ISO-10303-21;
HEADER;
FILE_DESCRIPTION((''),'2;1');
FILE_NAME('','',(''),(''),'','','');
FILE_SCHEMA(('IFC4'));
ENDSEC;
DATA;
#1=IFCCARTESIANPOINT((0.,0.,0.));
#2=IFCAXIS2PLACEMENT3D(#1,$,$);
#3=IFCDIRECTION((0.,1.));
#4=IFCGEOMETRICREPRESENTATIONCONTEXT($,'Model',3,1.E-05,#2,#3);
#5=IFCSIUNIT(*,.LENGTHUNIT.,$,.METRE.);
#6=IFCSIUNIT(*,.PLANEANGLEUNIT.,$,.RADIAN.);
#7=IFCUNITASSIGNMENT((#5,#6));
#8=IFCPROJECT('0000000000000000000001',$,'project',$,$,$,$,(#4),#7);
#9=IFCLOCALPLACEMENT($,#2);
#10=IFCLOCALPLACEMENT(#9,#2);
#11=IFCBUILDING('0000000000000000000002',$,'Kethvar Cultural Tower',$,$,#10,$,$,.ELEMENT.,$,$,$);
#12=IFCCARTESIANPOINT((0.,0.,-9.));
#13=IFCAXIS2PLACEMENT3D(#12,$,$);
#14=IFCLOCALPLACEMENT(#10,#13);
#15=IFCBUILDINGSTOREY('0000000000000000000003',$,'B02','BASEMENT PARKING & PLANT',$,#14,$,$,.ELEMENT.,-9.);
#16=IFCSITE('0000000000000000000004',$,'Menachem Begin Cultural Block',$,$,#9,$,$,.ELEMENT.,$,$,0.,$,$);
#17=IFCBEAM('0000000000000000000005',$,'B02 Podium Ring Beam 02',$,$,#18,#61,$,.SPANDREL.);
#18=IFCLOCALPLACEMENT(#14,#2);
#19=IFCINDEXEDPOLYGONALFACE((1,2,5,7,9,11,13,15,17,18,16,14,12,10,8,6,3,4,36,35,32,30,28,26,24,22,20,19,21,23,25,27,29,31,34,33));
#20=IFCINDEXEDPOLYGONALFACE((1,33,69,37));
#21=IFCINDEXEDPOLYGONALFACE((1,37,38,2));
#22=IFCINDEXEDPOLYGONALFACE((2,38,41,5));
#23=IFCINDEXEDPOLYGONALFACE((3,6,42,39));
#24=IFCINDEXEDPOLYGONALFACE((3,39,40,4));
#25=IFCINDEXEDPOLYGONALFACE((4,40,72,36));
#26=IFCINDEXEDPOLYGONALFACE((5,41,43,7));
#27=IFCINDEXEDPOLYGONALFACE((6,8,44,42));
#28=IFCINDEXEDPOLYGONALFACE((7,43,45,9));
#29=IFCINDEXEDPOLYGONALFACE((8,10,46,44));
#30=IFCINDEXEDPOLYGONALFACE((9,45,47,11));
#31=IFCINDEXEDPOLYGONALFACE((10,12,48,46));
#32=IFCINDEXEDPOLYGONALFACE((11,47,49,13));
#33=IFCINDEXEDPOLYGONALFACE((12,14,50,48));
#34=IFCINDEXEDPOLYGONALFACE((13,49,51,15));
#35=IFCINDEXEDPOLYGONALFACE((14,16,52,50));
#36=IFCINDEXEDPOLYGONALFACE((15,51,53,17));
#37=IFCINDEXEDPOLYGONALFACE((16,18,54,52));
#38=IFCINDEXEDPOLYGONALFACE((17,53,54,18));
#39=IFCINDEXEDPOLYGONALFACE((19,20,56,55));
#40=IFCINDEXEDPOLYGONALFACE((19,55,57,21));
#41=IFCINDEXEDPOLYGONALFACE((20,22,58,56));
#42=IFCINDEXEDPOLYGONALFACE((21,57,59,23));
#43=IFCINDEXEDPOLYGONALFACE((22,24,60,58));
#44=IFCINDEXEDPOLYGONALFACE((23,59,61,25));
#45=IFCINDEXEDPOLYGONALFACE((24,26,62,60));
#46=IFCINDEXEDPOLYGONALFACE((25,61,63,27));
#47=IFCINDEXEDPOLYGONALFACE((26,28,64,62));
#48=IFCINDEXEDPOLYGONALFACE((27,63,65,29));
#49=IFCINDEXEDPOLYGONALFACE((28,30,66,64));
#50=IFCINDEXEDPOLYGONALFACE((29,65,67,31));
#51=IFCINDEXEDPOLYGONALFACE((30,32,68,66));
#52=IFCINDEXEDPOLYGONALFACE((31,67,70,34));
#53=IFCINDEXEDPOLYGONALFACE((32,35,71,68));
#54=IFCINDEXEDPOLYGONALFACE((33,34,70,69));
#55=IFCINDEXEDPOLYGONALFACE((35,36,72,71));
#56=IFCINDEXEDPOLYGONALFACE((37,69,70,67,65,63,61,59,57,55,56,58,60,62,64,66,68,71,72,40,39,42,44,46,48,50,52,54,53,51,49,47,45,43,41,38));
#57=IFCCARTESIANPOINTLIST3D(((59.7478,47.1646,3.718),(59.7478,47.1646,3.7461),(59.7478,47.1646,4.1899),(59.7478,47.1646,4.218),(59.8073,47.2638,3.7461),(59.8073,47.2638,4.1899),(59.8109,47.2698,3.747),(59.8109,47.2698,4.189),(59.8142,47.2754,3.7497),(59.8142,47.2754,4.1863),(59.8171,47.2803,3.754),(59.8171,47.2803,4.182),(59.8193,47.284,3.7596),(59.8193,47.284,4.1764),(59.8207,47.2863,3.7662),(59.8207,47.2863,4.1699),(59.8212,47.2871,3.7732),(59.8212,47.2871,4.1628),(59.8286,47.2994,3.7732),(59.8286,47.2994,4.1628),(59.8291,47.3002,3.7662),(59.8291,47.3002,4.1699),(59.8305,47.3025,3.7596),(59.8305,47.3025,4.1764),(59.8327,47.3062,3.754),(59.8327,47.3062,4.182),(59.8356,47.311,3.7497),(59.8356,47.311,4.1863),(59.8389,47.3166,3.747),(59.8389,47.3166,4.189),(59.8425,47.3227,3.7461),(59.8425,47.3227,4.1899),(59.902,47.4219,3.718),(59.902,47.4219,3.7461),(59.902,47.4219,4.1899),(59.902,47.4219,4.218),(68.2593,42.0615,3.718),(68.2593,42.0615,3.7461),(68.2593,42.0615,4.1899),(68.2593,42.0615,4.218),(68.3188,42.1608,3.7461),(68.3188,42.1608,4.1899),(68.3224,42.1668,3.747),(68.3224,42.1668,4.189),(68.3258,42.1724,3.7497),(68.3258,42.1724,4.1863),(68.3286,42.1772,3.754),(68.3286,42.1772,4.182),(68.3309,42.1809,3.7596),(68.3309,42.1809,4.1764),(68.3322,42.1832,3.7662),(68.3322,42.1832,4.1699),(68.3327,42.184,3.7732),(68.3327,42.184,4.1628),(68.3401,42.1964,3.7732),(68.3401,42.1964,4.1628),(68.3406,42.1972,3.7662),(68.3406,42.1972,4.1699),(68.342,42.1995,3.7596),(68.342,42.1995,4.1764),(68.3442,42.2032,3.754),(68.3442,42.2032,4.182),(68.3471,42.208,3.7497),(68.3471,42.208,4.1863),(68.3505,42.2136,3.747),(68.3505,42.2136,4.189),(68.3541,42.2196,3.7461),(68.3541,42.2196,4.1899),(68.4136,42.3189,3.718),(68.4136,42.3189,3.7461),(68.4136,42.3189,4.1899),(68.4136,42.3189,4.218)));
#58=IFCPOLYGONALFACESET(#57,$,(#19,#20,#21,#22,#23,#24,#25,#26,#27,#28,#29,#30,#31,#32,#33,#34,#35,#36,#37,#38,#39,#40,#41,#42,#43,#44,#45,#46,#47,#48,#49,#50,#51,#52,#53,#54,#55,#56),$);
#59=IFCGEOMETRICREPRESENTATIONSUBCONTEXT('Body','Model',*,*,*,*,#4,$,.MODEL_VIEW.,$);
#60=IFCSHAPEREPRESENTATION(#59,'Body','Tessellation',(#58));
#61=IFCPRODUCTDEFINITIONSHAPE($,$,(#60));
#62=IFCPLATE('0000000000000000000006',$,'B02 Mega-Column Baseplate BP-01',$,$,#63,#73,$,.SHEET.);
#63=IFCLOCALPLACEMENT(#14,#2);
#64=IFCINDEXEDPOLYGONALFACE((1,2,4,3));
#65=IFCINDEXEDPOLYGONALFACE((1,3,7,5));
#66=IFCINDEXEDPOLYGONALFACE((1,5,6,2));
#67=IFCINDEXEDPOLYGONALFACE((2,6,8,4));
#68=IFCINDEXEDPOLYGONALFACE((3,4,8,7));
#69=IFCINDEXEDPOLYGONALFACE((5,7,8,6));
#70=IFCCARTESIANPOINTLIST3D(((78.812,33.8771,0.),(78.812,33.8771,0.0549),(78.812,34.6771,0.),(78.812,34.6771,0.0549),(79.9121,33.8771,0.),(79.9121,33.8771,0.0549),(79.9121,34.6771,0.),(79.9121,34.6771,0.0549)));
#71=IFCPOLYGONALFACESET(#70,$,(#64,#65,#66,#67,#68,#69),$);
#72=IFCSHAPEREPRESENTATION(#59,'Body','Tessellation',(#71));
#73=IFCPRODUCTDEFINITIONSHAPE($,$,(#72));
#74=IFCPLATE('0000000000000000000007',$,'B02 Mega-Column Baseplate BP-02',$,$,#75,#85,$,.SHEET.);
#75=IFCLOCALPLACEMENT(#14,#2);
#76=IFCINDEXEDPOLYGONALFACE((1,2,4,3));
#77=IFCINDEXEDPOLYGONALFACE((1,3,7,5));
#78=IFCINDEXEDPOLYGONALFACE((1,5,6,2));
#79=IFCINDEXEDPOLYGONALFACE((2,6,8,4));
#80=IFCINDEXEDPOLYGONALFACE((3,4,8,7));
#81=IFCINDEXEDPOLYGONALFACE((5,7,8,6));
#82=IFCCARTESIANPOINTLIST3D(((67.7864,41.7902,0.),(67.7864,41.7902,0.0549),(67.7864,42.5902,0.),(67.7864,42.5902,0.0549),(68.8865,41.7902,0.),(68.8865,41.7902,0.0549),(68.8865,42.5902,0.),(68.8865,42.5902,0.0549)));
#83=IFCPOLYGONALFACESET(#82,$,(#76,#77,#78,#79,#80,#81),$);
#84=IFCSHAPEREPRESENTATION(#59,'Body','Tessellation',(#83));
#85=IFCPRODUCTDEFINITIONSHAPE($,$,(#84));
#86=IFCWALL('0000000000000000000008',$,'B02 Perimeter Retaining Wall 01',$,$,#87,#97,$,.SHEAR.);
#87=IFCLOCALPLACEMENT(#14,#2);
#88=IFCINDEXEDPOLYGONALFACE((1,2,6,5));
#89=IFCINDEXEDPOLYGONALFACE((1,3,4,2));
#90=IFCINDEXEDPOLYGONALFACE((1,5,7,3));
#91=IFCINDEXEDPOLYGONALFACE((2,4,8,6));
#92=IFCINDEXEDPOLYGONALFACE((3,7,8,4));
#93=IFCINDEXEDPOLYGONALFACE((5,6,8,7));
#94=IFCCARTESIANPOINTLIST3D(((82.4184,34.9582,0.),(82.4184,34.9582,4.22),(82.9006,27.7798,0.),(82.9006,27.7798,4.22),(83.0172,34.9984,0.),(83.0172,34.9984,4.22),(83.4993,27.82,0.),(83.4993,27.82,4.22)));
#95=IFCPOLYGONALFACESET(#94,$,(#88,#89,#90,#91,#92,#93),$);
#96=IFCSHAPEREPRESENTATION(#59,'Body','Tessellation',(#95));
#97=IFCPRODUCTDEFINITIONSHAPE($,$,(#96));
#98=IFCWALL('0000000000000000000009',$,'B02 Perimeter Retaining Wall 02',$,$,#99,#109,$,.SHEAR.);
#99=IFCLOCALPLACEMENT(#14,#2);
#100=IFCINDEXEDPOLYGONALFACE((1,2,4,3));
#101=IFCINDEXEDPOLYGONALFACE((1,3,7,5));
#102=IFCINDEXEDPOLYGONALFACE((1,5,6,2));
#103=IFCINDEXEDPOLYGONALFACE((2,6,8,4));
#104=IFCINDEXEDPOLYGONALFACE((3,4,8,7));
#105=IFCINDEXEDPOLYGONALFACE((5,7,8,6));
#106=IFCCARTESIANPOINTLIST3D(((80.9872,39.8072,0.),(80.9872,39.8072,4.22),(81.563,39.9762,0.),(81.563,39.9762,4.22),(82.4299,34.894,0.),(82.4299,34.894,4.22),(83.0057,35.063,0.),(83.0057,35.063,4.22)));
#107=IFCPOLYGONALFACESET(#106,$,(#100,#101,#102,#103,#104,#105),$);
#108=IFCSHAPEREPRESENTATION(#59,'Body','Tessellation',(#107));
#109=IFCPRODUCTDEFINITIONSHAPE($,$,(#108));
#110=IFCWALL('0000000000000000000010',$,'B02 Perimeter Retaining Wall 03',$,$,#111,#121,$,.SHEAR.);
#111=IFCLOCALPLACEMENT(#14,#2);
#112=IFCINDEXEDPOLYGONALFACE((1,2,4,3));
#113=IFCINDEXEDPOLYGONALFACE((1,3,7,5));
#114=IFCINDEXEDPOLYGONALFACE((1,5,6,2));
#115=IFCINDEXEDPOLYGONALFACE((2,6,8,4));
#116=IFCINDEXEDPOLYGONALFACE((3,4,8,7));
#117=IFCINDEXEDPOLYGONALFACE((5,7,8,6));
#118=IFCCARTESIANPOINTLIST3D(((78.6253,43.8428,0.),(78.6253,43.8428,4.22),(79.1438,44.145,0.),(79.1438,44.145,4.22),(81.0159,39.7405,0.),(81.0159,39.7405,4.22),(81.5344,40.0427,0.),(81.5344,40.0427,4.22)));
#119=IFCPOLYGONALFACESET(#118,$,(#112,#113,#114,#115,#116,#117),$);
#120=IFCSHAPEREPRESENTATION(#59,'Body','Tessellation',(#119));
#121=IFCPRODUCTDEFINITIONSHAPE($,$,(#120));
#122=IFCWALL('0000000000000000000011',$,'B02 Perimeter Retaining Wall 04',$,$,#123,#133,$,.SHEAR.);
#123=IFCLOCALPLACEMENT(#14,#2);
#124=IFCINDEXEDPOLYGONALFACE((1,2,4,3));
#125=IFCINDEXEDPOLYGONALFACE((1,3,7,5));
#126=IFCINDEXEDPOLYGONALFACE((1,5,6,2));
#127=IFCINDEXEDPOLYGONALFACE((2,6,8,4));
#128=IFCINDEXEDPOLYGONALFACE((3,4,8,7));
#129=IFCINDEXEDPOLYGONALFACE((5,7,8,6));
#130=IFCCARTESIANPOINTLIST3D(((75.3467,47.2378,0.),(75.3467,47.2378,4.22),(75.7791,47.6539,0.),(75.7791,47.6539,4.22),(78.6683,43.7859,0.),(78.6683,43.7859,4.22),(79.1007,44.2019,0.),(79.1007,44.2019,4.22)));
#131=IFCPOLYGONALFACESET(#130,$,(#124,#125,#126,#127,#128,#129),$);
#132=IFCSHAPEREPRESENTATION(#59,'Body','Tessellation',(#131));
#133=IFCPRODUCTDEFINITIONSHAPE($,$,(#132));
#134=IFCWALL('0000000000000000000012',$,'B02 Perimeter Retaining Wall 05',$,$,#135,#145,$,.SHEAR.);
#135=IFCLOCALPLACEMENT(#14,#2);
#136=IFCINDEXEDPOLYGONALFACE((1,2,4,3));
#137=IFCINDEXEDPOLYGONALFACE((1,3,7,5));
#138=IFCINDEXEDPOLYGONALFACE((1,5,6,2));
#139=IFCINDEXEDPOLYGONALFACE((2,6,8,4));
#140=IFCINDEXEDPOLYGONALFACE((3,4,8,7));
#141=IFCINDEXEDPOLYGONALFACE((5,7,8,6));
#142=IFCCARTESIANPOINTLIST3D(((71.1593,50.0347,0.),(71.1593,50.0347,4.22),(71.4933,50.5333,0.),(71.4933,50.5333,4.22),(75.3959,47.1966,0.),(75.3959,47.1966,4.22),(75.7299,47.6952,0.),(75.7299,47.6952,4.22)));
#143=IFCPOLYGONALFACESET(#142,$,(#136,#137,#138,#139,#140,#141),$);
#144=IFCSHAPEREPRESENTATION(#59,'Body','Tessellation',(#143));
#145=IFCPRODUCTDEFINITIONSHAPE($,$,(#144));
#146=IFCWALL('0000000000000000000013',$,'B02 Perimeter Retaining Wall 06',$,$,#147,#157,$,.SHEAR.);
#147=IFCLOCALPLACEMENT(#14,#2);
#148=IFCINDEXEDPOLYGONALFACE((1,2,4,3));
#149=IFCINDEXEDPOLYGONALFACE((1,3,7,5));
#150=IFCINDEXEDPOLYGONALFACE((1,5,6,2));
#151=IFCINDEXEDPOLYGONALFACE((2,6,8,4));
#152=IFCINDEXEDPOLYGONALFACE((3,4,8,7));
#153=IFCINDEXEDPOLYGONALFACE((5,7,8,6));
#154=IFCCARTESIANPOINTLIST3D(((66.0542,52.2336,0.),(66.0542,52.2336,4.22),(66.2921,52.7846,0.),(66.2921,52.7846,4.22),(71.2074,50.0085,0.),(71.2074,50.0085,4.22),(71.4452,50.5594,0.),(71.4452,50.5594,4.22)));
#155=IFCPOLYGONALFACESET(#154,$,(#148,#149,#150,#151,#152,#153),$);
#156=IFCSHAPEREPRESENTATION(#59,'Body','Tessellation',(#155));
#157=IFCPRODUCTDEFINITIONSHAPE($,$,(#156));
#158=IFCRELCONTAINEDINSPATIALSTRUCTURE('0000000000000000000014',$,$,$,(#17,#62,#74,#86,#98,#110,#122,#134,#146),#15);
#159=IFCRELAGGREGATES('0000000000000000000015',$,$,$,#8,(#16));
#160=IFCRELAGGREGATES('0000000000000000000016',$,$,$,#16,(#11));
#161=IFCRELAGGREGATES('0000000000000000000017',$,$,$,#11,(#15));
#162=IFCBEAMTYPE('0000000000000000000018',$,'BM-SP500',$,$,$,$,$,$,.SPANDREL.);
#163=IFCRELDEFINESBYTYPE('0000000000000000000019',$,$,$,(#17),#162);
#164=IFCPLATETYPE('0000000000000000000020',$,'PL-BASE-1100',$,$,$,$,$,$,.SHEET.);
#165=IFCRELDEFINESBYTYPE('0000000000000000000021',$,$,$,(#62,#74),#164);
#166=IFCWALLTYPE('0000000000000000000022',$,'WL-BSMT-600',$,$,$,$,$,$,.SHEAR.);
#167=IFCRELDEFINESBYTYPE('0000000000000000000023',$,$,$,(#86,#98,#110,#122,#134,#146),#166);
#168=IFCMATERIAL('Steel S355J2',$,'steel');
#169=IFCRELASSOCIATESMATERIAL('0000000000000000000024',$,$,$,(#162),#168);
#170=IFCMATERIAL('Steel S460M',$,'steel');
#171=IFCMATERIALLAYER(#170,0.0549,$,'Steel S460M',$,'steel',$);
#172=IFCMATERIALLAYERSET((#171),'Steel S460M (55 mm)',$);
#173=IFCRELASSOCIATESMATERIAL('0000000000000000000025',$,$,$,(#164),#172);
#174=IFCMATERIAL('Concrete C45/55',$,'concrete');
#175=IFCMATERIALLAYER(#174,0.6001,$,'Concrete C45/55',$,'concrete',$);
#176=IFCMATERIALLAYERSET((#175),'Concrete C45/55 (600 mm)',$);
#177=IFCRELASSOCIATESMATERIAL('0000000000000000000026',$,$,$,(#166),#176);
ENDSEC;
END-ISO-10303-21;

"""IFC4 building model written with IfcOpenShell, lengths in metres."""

from ifc_helpers import new_model, si_unit, direction, frame, frame_2d, origin, origin_2d, place, context, subcontext, project, spatial, rectangle, i_section, extrude, source, transform, mapped, material, layer, layer_set, material_profile, profile_set, type_object, element, save


model = new_model("IFC4")

# Units and contexts
model_context = context("Model", 3, precision=1e-05, world=origin(), true_north=direction((0.0, 1.0)))
body_context = subcontext(model_context, "Body", "Model", "MODEL_VIEW")
ifc_project = project(units=[si_unit("LENGTHUNIT", "METRE"), si_unit("PLANEANGLEUNIT", "RADIAN")], contexts=[model_context])

# Site, building, storey
site_placement = place(None, origin())
site = spatial("IfcSite", under=ifc_project, at=site_placement, Name="Menachem Begin Cultural Block", CompositionType="ELEMENT", RefElevation=0.0)
building_placement = place(site_placement, origin())
building = spatial("IfcBuilding", under=site, at=building_placement, Name="Kethvar Cultural Tower", CompositionType="ELEMENT")
storey_placement = place(building_placement, frame((0.0, 0.0, -9.0)))
storey = spatial("IfcBuildingStorey", under=building, at=storey_placement, Name="B02", Description="BASEMENT PARKING & PLANT", CompositionType="ELEMENT", Elevation=-9.0)

# Shared definitions
ifc_material_1 = material(Name="Concrete C45/55", Category="concrete")

# Shared definitions
ifc_material_2 = material(Name="Steel S460M", Category="steel")

# Beam
ifc_material_3 = material(Name="Steel S355J2", Category="steel")
ifc_material_profile_1 = material_profile(ifc_material_3, i_section(OverallWidth=0.3, OverallDepth=0.5, WebThickness=0.0144, FlangeThickness=0.0281, FilletRadius=0.0271, at=origin_2d()), Name="Steel S355J2 — HEB500")
ifc_profile_set_1 = profile_set([ifc_material_profile_1], Name="Steel S355J2 — HEB500")
beam_type = type_object("IfcBeamType", Name="BM-SP500", PredefinedType="SPANDREL", material=ifc_profile_set_1)
shared_shape_1 = source(origin(), body_context, "Body", "SweptSolid", [
    extrude(i_section(OverallWidth=0.3, OverallDepth=0.5, WebThickness=0.0144, FlangeThickness=0.0281, FilletRadius=0.0271, at=origin_2d()), origin(), (0.0, 0.0, 1.0), 9.9241),
])
beam_1_placement = place(storey_placement, frame((68.3364, 42.1902, 3.968), z_axis=(-0.857664, 0.51421, 0.0), x_axis=(-0.51421, -0.857664, 0.0)))
element("IfcBeam", 1, at=beam_1_placement, inside=storey, type_object=beam_type, Name="B02 Podium Ring Beam 02", PredefinedType="SPANDREL", context=body_context, shape_type="MappedRepresentation", body=[
    mapped(shared_shape_1, transform((0.0, 0.0, 0.0), scale=1.0)),
])

# Plates
ifc_layer_1 = layer(ifc_material_2, 0.0549, Name="Steel S460M", Category="steel")
ifc_layer_set_1 = layer_set([ifc_layer_1], Name="Steel S460M (55 mm)")
plate_type = type_object("IfcPlateType", Name="PL-BASE-1100", PredefinedType="SHEET", material=ifc_layer_set_1)
shared_shape_2 = source(origin(), body_context, "Body", "SweptSolid", [
    extrude(rectangle(XDim=1.1001, YDim=0.8, at=origin_2d()), origin(), (0.0, 0.0, 1.0), 0.0549),
])
for number, where, z_axis, x_axis, name in (
    (2, (79.3621, 34.2771, 0.0), (0.0, 0.0, 1.0), (1.0, 0.0, 0.0), "B02 Mega-Column Baseplate BP-01"),
    (3, (68.3364, 42.1902, 0.0), (0.0, 0.0, 1.0), (1.0, 0.0, 0.0), "B02 Mega-Column Baseplate BP-02"),
):
    element("IfcPlate", number, at=place(storey_placement, frame(where, z_axis=z_axis, x_axis=x_axis)), inside=storey, type_object=plate_type, Name=name, PredefinedType="SHEET", context=body_context, shape_type="MappedRepresentation", body=[
        mapped(shared_shape_2, transform((0.0, 0.0, 0.0), scale=1.0)),
    ])

# Walls
ifc_layer_2 = layer(ifc_material_1, 0.6001, Name="Concrete C45/55", Category="concrete")
ifc_layer_set_2 = layer_set([ifc_layer_2], Name="Concrete C45/55 (600 mm)")
wall_type = type_object("IfcWallType", Name="WL-BSMT-600", PredefinedType="SHEAR", material=ifc_layer_set_2)
wall_1_placement = place(storey_placement, frame((83.2, 27.8, 0.0), z_axis=(0.0, 0.0, 1.0), x_axis=(-0.067019, 0.997752, 0.0)))
element("IfcWall", 4, at=wall_1_placement, inside=storey, type_object=wall_type, Name="B02 Perimeter Retaining Wall 01", PredefinedType="SHEAR", context=body_context, shape_type="SweptSolid", body=[
    extrude(rectangle(XDim=7.1946, YDim=0.6001, at=frame_2d((3.5972, 0.0))), origin(), (0.0, 0.0, 1.0), 4.22),
])
wall_2_placement = place(storey_placement, frame((82.7178, 34.9785, 0.0), z_axis=(0.0, 0.0, 1.0), x_axis=(-0.281735, 0.959492, 0.0)))
element("IfcWall", 5, at=wall_2_placement, inside=storey, type_object=wall_type, Name="B02 Perimeter Retaining Wall 02", PredefinedType="SHEAR", context=body_context, shape_type="SweptSolid", body=[
    extrude(rectangle(XDim=5.1206, YDim=0.6001, at=frame_2d((2.5603, 0.0))), origin(), (0.0, 0.0, 1.0), 4.22),
])
wall_3_placement = place(storey_placement, frame((81.2751, 39.8916, 0.0), z_axis=(0.0, 0.0, 1.0), x_axis=(-0.503497, 0.863997, 0.0)))
element("IfcWall", 6, at=wall_3_placement, inside=storey, type_object=wall_type, Name="B02 Perimeter Retaining Wall 03", PredefinedType="SHEAR", context=body_context, shape_type="SweptSolid", body=[
    extrude(rectangle(XDim=4.748, YDim=0.6001, at=frame_2d((2.374, 0.0))), origin(), (0.0, 0.0, 1.0), 4.22),
])
wall_4_placement = place(storey_placement, frame((78.8845, 43.9939, 0.0), z_axis=(0.0, 0.0, 1.0), x_axis=(-0.693368, 0.720583, 0.0)))
element("IfcWall", 7, at=wall_4_placement, inside=storey, type_object=wall_type, Name="B02 Perimeter Retaining Wall 04", PredefinedType="SHEAR", context=body_context, shape_type="SweptSolid", body=[
    extrude(rectangle(XDim=4.7905, YDim=0.6001, at=frame_2d((2.3953, 0.0))), origin(), (0.0, 0.0, 1.0), 4.22),
])
wall_5_placement = place(storey_placement, frame((75.563, 47.4458, 0.0), z_axis=(0.0, 0.0, 1.0), x_axis=(-0.830803, 0.556566, 0.0)))
element("IfcWall", 8, at=wall_5_placement, inside=storey, type_object=wall_type, Name="B02 Perimeter Retaining Wall 05", PredefinedType="SHEAR", context=body_context, shape_type="SweptSolid", body=[
    extrude(rectangle(XDim=5.0994, YDim=0.6001, at=frame_2d((2.5498, 0.0))), origin(), (0.0, 0.0, 1.0), 4.22),
])
wall_6_placement = place(storey_placement, frame((71.3264, 50.2839, 0.0), z_axis=(0.0, 0.0, 1.0), x_axis=(-0.918068, 0.396422, 0.0)))
element("IfcWall", 9, at=wall_6_placement, inside=storey, type_object=wall_type, Name="B02 Perimeter Retaining Wall 06", PredefinedType="SHEAR", context=body_context, shape_type="SweptSolid", body=[
    extrude(rectangle(XDim=5.613, YDim=0.6001, at=frame_2d((2.8066, 0.0))), origin(), (0.0, 0.0, 1.0), 4.22),
])

save(model, "model.ifc")
